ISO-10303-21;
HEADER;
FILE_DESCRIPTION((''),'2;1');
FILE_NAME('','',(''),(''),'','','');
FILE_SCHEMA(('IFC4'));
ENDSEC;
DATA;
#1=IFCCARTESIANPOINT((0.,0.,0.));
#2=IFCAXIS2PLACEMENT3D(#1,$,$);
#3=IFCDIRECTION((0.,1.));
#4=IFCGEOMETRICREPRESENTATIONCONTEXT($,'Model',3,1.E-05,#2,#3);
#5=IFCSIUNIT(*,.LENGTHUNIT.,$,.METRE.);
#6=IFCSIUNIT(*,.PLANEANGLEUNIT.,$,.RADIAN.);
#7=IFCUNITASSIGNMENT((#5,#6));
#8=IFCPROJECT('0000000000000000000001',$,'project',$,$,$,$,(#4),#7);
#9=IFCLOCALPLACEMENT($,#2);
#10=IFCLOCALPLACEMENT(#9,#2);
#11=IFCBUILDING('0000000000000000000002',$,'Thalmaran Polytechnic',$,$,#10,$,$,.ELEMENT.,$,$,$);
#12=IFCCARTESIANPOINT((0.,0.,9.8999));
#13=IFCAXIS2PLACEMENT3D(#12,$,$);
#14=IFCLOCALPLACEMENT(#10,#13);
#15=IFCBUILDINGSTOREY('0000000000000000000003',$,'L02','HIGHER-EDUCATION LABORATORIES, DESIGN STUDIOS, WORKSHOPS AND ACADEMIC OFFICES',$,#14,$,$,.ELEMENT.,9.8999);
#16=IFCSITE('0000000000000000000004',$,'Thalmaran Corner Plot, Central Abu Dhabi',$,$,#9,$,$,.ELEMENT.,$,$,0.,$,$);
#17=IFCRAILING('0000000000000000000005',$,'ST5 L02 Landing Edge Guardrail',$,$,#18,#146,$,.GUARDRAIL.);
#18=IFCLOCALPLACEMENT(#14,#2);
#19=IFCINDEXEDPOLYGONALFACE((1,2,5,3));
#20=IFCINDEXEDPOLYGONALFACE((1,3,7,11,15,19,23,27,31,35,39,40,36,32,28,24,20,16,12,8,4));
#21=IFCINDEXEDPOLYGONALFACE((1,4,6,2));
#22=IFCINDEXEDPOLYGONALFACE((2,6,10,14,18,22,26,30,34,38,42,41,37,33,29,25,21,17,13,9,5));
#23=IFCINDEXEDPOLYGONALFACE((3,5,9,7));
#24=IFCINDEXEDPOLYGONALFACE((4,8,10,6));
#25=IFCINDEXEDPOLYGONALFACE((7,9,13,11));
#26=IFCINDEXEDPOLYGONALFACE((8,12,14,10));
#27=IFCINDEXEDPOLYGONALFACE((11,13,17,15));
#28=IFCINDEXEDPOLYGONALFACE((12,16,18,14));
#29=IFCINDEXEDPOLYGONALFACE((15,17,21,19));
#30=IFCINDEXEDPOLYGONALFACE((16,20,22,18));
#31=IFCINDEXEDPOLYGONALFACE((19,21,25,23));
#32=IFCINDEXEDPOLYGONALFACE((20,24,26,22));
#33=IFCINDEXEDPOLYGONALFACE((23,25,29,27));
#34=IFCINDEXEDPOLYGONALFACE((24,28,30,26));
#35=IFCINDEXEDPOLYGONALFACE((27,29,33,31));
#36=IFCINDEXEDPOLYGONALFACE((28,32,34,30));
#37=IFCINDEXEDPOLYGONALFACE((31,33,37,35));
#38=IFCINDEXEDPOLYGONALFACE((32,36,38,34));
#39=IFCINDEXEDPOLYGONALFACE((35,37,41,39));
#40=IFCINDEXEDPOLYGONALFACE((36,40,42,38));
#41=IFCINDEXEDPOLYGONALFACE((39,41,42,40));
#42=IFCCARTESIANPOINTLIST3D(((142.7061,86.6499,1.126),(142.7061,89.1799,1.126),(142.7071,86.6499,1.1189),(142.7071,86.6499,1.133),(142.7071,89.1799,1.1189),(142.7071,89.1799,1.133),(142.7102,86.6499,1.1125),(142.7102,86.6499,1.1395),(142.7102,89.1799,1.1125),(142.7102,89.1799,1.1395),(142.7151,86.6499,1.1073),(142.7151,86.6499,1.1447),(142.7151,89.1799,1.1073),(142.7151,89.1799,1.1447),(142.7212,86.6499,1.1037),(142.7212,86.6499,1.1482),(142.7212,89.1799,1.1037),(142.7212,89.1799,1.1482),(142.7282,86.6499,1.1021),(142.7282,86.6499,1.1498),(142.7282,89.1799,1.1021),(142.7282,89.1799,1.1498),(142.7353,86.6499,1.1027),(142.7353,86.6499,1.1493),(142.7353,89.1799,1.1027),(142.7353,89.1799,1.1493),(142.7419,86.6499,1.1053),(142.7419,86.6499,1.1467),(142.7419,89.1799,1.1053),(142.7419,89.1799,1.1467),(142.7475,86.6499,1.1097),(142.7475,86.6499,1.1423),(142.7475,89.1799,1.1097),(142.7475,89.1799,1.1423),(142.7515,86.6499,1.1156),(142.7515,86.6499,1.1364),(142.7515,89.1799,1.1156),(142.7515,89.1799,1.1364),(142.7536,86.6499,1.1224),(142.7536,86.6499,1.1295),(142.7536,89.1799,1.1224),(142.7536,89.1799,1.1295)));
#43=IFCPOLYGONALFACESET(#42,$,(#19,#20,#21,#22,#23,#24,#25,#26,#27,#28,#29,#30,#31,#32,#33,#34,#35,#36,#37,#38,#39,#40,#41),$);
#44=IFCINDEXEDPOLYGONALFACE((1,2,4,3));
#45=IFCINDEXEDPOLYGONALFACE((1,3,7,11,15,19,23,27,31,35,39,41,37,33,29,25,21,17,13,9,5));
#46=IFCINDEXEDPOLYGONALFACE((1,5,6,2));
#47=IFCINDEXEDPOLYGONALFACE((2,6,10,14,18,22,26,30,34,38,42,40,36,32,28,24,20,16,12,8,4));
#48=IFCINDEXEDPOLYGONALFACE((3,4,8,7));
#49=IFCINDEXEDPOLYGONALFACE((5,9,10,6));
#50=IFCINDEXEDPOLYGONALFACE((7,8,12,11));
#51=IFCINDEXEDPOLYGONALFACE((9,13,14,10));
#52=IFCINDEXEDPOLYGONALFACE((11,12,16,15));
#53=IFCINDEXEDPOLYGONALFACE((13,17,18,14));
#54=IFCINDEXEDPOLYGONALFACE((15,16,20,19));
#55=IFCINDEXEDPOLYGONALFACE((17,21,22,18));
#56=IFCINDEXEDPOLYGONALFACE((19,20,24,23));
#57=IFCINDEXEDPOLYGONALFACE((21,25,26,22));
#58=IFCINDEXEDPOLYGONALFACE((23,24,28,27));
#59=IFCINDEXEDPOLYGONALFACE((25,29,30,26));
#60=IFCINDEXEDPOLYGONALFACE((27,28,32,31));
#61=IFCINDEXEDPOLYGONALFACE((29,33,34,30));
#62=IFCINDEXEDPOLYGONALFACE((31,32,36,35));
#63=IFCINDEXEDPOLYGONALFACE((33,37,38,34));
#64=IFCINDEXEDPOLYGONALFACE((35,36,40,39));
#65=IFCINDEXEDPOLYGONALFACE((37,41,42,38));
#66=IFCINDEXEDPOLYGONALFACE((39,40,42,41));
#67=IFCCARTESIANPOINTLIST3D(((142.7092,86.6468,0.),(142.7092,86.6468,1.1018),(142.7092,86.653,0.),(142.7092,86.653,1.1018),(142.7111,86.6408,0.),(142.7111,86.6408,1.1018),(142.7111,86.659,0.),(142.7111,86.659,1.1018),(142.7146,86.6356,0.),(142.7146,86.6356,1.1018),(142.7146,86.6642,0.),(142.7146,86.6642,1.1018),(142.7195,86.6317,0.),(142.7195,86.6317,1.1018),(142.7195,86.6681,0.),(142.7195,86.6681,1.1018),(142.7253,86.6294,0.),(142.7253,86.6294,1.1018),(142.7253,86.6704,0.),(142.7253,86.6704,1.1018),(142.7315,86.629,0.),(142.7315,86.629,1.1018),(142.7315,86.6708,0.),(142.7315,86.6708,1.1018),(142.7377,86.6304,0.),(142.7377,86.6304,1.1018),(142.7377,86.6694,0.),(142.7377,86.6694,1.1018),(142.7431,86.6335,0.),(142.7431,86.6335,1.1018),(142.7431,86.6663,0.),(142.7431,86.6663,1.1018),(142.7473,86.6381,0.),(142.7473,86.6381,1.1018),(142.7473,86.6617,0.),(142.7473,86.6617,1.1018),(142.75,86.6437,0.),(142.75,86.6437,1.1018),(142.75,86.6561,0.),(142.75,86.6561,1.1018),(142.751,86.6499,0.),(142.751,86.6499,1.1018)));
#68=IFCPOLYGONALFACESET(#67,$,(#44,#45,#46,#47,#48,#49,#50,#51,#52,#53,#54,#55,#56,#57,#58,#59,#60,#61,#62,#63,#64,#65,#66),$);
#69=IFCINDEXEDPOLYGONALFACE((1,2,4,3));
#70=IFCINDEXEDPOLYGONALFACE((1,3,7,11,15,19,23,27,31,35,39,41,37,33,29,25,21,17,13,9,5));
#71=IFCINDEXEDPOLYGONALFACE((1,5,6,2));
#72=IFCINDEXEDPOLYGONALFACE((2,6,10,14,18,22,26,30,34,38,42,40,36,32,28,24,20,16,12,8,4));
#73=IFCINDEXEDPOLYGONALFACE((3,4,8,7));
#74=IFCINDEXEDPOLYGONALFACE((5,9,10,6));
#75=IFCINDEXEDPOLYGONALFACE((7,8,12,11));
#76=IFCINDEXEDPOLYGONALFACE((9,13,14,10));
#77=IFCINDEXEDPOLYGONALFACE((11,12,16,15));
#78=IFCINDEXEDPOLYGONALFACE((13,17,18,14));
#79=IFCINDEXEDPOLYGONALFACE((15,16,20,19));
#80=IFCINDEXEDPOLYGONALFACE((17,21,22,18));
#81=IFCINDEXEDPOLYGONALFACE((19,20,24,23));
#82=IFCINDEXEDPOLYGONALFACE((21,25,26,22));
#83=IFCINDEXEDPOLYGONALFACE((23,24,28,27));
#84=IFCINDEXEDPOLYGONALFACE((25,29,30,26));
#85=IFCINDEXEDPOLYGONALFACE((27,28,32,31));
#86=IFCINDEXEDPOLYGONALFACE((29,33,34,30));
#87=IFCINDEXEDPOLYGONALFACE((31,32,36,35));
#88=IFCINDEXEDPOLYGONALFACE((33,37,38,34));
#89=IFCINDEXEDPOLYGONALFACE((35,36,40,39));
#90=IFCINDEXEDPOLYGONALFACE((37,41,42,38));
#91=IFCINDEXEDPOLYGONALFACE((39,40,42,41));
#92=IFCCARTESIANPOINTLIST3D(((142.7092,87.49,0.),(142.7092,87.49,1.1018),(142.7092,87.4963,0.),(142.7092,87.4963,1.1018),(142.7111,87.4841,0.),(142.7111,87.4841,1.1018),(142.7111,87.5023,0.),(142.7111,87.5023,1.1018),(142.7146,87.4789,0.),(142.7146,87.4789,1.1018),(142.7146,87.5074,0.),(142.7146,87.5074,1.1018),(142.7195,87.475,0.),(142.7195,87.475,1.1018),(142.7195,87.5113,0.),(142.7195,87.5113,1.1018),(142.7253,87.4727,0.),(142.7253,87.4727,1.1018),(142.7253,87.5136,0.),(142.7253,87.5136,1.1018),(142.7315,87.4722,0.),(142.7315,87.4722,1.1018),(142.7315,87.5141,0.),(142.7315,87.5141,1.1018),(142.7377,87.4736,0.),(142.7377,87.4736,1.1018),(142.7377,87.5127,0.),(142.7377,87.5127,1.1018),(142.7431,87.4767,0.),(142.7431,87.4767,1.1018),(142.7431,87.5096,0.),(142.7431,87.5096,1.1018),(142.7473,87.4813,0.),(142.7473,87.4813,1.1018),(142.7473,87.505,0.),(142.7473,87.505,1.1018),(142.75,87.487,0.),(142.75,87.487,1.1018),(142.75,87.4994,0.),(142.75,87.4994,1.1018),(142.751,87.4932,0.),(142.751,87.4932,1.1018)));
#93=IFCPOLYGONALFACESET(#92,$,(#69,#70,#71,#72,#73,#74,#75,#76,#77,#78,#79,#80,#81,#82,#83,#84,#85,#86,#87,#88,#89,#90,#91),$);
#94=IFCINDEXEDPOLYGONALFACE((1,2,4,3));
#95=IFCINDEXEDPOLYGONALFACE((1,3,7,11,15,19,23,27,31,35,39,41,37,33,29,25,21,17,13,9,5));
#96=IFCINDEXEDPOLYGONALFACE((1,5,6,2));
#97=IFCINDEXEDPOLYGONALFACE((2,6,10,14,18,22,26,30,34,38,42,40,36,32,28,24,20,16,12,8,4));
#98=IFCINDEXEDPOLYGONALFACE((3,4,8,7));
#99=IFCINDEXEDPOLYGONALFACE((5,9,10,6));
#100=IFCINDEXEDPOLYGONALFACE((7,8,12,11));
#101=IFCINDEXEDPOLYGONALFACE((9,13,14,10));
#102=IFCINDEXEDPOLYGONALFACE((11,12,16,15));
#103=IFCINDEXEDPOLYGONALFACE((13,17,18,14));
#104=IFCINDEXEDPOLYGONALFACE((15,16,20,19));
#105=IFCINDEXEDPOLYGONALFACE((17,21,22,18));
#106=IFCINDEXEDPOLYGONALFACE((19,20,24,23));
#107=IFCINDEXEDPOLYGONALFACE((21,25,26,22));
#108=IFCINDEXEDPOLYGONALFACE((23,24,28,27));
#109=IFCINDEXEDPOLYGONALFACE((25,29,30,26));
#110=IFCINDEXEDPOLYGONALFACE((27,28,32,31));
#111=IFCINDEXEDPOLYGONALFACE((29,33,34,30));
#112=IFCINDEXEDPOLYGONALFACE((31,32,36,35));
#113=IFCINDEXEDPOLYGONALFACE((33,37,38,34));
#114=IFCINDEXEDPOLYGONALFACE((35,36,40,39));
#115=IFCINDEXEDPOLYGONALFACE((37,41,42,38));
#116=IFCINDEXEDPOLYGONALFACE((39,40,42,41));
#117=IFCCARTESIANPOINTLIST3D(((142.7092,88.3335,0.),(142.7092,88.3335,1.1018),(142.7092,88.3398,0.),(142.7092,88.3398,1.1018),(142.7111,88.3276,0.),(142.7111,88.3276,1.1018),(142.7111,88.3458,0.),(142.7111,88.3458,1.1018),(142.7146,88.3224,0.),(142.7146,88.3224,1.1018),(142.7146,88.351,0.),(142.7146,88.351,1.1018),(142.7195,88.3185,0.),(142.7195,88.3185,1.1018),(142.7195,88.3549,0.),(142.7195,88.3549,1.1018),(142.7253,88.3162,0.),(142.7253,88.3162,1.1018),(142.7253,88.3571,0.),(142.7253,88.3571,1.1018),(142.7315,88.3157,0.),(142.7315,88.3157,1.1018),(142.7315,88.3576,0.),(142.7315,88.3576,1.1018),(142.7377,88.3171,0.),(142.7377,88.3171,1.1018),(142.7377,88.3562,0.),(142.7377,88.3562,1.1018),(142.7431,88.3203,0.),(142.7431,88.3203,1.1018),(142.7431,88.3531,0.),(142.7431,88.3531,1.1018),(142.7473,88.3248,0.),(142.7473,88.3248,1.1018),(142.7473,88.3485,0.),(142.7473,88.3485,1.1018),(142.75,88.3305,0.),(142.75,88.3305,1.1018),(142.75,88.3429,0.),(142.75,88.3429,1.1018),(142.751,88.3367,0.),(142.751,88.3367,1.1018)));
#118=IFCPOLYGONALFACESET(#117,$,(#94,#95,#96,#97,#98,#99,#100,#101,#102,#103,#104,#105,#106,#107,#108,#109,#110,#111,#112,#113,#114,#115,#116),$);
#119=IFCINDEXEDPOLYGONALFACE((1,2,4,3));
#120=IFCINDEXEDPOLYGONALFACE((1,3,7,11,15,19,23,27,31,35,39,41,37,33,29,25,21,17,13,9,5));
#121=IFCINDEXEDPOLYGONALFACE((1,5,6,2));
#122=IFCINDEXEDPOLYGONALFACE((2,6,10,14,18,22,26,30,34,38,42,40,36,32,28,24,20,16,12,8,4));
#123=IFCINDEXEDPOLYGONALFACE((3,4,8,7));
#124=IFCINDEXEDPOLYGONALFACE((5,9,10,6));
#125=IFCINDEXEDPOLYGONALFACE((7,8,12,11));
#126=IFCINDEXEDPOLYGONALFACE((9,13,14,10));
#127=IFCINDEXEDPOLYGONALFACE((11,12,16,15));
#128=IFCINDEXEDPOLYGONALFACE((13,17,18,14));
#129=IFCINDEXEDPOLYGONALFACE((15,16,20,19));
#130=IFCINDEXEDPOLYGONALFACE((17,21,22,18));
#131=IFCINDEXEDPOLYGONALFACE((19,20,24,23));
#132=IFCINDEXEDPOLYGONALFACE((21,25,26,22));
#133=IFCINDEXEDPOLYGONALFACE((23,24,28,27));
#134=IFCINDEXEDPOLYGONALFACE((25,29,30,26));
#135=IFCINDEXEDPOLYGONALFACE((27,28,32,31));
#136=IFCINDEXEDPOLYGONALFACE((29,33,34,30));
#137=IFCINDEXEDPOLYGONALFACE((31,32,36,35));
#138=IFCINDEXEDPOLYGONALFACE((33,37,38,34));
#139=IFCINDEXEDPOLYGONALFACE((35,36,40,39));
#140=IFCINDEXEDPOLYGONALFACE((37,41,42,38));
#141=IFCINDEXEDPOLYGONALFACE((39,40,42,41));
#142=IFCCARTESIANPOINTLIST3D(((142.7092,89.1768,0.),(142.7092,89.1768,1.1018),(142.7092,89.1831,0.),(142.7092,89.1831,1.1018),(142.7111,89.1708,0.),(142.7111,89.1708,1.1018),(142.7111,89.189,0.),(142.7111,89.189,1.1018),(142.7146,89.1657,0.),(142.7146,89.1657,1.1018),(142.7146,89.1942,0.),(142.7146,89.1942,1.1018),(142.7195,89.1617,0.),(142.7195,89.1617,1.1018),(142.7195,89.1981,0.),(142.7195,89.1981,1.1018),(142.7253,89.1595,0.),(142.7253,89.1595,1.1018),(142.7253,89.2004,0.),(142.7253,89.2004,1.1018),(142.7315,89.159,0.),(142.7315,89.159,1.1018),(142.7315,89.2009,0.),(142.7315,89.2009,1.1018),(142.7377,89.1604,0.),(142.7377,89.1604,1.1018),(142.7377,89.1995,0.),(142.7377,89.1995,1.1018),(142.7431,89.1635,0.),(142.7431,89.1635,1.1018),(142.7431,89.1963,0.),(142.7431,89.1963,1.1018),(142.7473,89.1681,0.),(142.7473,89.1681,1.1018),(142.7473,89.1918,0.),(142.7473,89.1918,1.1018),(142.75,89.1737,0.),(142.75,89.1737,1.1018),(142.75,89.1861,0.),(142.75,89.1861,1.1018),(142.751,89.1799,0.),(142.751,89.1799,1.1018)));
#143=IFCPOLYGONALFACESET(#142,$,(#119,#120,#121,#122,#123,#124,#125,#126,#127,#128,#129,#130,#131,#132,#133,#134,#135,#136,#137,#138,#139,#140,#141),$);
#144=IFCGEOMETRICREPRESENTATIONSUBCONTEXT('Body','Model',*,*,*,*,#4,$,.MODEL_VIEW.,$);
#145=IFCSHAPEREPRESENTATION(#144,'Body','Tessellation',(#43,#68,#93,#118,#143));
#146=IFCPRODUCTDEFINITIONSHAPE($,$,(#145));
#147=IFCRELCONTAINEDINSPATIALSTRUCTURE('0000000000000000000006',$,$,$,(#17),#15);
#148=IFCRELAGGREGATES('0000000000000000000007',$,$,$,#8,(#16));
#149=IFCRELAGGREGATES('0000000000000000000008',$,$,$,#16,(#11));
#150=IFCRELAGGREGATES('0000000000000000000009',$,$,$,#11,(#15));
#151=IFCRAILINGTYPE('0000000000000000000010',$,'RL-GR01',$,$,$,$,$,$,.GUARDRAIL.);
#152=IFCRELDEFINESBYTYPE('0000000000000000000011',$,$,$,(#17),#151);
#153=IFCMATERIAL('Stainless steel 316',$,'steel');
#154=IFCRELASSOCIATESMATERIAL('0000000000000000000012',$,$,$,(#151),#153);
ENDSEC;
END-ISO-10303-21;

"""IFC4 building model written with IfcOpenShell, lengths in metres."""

from ifc_helpers import new_model, si_unit, direction, frame, origin, origin_2d, place, context, subcontext, project, spatial, circle, extrude, material, type_object, element, save


model = new_model("IFC4")

# Units and contexts
model_context = context("Model", 3, precision=1e-05, world=origin(), true_north=direction((0.0, 1.0)))
body_context = subcontext(model_context, "Body", "Model", "MODEL_VIEW")
ifc_project = project(units=[si_unit("LENGTHUNIT", "METRE"), si_unit("PLANEANGLEUNIT", "RADIAN")], contexts=[model_context])

# Site, building, storey
site_placement = place(None, origin())
site = spatial("IfcSite", under=ifc_project, at=site_placement, Name="Thalmaran Corner Plot, Central Abu Dhabi", CompositionType="ELEMENT", RefElevation=0.0)
building_placement = place(site_placement, origin())
building = spatial("IfcBuilding", under=site, at=building_placement, Name="Thalmaran Polytechnic", CompositionType="ELEMENT")
storey_placement = place(building_placement, frame((0.0, 0.0, 9.8999)))
storey = spatial("IfcBuildingStorey", under=building, at=storey_placement, Name="L02", Description="HIGHER-EDUCATION LABORATORIES, DESIGN STUDIOS, WORKSHOPS AND ACADEMIC OFFICES", CompositionType="ELEMENT", Elevation=9.8999)

# Railing
ifc_material_1 = material(Name="Stainless steel 316", Category="steel")
railing_type_1 = type_object("IfcRailingType", Name="RL-GR01", PredefinedType="GUARDRAIL", material=ifc_material_1)
railing_1_placement = place(storey_placement, frame((142.73, 86.6499, 0.0)))
element("IfcRailing", 1, at=railing_1_placement, inside=storey, type_object=railing_type_1, Name="ST5 L02 Landing Edge Guardrail", PredefinedType="GUARDRAIL", context=body_context, shape_type="SweptSolid", body=[
    extrude(circle(Radius=0.0239, at=origin_2d()), frame((0.0, 0.0, 1.126), z_axis=(0.0, 1.0, 0.0), x_axis=(-1.0, 0.0, 0.0)), (0.0, 0.0, 1.0), 2.53),
    extrude(circle(Radius=0.021, at=origin_2d()), origin(), (0.0, 0.0, 1.0), 1.1018),
    extrude(circle(Radius=0.021, at=origin_2d()), frame((0.0, 0.8433, 0.0)), (0.0, 0.0, 1.0), 1.1018),
    extrude(circle(Radius=0.021, at=origin_2d()), frame((0.0, 1.6868, 0.0)), (0.0, 0.0, 1.0), 1.1018),
    extrude(circle(Radius=0.021, at=origin_2d()), frame((0.0, 2.53, 0.0)), (0.0, 0.0, 1.0), 1.1018),
])

save(model, "model.ifc")
